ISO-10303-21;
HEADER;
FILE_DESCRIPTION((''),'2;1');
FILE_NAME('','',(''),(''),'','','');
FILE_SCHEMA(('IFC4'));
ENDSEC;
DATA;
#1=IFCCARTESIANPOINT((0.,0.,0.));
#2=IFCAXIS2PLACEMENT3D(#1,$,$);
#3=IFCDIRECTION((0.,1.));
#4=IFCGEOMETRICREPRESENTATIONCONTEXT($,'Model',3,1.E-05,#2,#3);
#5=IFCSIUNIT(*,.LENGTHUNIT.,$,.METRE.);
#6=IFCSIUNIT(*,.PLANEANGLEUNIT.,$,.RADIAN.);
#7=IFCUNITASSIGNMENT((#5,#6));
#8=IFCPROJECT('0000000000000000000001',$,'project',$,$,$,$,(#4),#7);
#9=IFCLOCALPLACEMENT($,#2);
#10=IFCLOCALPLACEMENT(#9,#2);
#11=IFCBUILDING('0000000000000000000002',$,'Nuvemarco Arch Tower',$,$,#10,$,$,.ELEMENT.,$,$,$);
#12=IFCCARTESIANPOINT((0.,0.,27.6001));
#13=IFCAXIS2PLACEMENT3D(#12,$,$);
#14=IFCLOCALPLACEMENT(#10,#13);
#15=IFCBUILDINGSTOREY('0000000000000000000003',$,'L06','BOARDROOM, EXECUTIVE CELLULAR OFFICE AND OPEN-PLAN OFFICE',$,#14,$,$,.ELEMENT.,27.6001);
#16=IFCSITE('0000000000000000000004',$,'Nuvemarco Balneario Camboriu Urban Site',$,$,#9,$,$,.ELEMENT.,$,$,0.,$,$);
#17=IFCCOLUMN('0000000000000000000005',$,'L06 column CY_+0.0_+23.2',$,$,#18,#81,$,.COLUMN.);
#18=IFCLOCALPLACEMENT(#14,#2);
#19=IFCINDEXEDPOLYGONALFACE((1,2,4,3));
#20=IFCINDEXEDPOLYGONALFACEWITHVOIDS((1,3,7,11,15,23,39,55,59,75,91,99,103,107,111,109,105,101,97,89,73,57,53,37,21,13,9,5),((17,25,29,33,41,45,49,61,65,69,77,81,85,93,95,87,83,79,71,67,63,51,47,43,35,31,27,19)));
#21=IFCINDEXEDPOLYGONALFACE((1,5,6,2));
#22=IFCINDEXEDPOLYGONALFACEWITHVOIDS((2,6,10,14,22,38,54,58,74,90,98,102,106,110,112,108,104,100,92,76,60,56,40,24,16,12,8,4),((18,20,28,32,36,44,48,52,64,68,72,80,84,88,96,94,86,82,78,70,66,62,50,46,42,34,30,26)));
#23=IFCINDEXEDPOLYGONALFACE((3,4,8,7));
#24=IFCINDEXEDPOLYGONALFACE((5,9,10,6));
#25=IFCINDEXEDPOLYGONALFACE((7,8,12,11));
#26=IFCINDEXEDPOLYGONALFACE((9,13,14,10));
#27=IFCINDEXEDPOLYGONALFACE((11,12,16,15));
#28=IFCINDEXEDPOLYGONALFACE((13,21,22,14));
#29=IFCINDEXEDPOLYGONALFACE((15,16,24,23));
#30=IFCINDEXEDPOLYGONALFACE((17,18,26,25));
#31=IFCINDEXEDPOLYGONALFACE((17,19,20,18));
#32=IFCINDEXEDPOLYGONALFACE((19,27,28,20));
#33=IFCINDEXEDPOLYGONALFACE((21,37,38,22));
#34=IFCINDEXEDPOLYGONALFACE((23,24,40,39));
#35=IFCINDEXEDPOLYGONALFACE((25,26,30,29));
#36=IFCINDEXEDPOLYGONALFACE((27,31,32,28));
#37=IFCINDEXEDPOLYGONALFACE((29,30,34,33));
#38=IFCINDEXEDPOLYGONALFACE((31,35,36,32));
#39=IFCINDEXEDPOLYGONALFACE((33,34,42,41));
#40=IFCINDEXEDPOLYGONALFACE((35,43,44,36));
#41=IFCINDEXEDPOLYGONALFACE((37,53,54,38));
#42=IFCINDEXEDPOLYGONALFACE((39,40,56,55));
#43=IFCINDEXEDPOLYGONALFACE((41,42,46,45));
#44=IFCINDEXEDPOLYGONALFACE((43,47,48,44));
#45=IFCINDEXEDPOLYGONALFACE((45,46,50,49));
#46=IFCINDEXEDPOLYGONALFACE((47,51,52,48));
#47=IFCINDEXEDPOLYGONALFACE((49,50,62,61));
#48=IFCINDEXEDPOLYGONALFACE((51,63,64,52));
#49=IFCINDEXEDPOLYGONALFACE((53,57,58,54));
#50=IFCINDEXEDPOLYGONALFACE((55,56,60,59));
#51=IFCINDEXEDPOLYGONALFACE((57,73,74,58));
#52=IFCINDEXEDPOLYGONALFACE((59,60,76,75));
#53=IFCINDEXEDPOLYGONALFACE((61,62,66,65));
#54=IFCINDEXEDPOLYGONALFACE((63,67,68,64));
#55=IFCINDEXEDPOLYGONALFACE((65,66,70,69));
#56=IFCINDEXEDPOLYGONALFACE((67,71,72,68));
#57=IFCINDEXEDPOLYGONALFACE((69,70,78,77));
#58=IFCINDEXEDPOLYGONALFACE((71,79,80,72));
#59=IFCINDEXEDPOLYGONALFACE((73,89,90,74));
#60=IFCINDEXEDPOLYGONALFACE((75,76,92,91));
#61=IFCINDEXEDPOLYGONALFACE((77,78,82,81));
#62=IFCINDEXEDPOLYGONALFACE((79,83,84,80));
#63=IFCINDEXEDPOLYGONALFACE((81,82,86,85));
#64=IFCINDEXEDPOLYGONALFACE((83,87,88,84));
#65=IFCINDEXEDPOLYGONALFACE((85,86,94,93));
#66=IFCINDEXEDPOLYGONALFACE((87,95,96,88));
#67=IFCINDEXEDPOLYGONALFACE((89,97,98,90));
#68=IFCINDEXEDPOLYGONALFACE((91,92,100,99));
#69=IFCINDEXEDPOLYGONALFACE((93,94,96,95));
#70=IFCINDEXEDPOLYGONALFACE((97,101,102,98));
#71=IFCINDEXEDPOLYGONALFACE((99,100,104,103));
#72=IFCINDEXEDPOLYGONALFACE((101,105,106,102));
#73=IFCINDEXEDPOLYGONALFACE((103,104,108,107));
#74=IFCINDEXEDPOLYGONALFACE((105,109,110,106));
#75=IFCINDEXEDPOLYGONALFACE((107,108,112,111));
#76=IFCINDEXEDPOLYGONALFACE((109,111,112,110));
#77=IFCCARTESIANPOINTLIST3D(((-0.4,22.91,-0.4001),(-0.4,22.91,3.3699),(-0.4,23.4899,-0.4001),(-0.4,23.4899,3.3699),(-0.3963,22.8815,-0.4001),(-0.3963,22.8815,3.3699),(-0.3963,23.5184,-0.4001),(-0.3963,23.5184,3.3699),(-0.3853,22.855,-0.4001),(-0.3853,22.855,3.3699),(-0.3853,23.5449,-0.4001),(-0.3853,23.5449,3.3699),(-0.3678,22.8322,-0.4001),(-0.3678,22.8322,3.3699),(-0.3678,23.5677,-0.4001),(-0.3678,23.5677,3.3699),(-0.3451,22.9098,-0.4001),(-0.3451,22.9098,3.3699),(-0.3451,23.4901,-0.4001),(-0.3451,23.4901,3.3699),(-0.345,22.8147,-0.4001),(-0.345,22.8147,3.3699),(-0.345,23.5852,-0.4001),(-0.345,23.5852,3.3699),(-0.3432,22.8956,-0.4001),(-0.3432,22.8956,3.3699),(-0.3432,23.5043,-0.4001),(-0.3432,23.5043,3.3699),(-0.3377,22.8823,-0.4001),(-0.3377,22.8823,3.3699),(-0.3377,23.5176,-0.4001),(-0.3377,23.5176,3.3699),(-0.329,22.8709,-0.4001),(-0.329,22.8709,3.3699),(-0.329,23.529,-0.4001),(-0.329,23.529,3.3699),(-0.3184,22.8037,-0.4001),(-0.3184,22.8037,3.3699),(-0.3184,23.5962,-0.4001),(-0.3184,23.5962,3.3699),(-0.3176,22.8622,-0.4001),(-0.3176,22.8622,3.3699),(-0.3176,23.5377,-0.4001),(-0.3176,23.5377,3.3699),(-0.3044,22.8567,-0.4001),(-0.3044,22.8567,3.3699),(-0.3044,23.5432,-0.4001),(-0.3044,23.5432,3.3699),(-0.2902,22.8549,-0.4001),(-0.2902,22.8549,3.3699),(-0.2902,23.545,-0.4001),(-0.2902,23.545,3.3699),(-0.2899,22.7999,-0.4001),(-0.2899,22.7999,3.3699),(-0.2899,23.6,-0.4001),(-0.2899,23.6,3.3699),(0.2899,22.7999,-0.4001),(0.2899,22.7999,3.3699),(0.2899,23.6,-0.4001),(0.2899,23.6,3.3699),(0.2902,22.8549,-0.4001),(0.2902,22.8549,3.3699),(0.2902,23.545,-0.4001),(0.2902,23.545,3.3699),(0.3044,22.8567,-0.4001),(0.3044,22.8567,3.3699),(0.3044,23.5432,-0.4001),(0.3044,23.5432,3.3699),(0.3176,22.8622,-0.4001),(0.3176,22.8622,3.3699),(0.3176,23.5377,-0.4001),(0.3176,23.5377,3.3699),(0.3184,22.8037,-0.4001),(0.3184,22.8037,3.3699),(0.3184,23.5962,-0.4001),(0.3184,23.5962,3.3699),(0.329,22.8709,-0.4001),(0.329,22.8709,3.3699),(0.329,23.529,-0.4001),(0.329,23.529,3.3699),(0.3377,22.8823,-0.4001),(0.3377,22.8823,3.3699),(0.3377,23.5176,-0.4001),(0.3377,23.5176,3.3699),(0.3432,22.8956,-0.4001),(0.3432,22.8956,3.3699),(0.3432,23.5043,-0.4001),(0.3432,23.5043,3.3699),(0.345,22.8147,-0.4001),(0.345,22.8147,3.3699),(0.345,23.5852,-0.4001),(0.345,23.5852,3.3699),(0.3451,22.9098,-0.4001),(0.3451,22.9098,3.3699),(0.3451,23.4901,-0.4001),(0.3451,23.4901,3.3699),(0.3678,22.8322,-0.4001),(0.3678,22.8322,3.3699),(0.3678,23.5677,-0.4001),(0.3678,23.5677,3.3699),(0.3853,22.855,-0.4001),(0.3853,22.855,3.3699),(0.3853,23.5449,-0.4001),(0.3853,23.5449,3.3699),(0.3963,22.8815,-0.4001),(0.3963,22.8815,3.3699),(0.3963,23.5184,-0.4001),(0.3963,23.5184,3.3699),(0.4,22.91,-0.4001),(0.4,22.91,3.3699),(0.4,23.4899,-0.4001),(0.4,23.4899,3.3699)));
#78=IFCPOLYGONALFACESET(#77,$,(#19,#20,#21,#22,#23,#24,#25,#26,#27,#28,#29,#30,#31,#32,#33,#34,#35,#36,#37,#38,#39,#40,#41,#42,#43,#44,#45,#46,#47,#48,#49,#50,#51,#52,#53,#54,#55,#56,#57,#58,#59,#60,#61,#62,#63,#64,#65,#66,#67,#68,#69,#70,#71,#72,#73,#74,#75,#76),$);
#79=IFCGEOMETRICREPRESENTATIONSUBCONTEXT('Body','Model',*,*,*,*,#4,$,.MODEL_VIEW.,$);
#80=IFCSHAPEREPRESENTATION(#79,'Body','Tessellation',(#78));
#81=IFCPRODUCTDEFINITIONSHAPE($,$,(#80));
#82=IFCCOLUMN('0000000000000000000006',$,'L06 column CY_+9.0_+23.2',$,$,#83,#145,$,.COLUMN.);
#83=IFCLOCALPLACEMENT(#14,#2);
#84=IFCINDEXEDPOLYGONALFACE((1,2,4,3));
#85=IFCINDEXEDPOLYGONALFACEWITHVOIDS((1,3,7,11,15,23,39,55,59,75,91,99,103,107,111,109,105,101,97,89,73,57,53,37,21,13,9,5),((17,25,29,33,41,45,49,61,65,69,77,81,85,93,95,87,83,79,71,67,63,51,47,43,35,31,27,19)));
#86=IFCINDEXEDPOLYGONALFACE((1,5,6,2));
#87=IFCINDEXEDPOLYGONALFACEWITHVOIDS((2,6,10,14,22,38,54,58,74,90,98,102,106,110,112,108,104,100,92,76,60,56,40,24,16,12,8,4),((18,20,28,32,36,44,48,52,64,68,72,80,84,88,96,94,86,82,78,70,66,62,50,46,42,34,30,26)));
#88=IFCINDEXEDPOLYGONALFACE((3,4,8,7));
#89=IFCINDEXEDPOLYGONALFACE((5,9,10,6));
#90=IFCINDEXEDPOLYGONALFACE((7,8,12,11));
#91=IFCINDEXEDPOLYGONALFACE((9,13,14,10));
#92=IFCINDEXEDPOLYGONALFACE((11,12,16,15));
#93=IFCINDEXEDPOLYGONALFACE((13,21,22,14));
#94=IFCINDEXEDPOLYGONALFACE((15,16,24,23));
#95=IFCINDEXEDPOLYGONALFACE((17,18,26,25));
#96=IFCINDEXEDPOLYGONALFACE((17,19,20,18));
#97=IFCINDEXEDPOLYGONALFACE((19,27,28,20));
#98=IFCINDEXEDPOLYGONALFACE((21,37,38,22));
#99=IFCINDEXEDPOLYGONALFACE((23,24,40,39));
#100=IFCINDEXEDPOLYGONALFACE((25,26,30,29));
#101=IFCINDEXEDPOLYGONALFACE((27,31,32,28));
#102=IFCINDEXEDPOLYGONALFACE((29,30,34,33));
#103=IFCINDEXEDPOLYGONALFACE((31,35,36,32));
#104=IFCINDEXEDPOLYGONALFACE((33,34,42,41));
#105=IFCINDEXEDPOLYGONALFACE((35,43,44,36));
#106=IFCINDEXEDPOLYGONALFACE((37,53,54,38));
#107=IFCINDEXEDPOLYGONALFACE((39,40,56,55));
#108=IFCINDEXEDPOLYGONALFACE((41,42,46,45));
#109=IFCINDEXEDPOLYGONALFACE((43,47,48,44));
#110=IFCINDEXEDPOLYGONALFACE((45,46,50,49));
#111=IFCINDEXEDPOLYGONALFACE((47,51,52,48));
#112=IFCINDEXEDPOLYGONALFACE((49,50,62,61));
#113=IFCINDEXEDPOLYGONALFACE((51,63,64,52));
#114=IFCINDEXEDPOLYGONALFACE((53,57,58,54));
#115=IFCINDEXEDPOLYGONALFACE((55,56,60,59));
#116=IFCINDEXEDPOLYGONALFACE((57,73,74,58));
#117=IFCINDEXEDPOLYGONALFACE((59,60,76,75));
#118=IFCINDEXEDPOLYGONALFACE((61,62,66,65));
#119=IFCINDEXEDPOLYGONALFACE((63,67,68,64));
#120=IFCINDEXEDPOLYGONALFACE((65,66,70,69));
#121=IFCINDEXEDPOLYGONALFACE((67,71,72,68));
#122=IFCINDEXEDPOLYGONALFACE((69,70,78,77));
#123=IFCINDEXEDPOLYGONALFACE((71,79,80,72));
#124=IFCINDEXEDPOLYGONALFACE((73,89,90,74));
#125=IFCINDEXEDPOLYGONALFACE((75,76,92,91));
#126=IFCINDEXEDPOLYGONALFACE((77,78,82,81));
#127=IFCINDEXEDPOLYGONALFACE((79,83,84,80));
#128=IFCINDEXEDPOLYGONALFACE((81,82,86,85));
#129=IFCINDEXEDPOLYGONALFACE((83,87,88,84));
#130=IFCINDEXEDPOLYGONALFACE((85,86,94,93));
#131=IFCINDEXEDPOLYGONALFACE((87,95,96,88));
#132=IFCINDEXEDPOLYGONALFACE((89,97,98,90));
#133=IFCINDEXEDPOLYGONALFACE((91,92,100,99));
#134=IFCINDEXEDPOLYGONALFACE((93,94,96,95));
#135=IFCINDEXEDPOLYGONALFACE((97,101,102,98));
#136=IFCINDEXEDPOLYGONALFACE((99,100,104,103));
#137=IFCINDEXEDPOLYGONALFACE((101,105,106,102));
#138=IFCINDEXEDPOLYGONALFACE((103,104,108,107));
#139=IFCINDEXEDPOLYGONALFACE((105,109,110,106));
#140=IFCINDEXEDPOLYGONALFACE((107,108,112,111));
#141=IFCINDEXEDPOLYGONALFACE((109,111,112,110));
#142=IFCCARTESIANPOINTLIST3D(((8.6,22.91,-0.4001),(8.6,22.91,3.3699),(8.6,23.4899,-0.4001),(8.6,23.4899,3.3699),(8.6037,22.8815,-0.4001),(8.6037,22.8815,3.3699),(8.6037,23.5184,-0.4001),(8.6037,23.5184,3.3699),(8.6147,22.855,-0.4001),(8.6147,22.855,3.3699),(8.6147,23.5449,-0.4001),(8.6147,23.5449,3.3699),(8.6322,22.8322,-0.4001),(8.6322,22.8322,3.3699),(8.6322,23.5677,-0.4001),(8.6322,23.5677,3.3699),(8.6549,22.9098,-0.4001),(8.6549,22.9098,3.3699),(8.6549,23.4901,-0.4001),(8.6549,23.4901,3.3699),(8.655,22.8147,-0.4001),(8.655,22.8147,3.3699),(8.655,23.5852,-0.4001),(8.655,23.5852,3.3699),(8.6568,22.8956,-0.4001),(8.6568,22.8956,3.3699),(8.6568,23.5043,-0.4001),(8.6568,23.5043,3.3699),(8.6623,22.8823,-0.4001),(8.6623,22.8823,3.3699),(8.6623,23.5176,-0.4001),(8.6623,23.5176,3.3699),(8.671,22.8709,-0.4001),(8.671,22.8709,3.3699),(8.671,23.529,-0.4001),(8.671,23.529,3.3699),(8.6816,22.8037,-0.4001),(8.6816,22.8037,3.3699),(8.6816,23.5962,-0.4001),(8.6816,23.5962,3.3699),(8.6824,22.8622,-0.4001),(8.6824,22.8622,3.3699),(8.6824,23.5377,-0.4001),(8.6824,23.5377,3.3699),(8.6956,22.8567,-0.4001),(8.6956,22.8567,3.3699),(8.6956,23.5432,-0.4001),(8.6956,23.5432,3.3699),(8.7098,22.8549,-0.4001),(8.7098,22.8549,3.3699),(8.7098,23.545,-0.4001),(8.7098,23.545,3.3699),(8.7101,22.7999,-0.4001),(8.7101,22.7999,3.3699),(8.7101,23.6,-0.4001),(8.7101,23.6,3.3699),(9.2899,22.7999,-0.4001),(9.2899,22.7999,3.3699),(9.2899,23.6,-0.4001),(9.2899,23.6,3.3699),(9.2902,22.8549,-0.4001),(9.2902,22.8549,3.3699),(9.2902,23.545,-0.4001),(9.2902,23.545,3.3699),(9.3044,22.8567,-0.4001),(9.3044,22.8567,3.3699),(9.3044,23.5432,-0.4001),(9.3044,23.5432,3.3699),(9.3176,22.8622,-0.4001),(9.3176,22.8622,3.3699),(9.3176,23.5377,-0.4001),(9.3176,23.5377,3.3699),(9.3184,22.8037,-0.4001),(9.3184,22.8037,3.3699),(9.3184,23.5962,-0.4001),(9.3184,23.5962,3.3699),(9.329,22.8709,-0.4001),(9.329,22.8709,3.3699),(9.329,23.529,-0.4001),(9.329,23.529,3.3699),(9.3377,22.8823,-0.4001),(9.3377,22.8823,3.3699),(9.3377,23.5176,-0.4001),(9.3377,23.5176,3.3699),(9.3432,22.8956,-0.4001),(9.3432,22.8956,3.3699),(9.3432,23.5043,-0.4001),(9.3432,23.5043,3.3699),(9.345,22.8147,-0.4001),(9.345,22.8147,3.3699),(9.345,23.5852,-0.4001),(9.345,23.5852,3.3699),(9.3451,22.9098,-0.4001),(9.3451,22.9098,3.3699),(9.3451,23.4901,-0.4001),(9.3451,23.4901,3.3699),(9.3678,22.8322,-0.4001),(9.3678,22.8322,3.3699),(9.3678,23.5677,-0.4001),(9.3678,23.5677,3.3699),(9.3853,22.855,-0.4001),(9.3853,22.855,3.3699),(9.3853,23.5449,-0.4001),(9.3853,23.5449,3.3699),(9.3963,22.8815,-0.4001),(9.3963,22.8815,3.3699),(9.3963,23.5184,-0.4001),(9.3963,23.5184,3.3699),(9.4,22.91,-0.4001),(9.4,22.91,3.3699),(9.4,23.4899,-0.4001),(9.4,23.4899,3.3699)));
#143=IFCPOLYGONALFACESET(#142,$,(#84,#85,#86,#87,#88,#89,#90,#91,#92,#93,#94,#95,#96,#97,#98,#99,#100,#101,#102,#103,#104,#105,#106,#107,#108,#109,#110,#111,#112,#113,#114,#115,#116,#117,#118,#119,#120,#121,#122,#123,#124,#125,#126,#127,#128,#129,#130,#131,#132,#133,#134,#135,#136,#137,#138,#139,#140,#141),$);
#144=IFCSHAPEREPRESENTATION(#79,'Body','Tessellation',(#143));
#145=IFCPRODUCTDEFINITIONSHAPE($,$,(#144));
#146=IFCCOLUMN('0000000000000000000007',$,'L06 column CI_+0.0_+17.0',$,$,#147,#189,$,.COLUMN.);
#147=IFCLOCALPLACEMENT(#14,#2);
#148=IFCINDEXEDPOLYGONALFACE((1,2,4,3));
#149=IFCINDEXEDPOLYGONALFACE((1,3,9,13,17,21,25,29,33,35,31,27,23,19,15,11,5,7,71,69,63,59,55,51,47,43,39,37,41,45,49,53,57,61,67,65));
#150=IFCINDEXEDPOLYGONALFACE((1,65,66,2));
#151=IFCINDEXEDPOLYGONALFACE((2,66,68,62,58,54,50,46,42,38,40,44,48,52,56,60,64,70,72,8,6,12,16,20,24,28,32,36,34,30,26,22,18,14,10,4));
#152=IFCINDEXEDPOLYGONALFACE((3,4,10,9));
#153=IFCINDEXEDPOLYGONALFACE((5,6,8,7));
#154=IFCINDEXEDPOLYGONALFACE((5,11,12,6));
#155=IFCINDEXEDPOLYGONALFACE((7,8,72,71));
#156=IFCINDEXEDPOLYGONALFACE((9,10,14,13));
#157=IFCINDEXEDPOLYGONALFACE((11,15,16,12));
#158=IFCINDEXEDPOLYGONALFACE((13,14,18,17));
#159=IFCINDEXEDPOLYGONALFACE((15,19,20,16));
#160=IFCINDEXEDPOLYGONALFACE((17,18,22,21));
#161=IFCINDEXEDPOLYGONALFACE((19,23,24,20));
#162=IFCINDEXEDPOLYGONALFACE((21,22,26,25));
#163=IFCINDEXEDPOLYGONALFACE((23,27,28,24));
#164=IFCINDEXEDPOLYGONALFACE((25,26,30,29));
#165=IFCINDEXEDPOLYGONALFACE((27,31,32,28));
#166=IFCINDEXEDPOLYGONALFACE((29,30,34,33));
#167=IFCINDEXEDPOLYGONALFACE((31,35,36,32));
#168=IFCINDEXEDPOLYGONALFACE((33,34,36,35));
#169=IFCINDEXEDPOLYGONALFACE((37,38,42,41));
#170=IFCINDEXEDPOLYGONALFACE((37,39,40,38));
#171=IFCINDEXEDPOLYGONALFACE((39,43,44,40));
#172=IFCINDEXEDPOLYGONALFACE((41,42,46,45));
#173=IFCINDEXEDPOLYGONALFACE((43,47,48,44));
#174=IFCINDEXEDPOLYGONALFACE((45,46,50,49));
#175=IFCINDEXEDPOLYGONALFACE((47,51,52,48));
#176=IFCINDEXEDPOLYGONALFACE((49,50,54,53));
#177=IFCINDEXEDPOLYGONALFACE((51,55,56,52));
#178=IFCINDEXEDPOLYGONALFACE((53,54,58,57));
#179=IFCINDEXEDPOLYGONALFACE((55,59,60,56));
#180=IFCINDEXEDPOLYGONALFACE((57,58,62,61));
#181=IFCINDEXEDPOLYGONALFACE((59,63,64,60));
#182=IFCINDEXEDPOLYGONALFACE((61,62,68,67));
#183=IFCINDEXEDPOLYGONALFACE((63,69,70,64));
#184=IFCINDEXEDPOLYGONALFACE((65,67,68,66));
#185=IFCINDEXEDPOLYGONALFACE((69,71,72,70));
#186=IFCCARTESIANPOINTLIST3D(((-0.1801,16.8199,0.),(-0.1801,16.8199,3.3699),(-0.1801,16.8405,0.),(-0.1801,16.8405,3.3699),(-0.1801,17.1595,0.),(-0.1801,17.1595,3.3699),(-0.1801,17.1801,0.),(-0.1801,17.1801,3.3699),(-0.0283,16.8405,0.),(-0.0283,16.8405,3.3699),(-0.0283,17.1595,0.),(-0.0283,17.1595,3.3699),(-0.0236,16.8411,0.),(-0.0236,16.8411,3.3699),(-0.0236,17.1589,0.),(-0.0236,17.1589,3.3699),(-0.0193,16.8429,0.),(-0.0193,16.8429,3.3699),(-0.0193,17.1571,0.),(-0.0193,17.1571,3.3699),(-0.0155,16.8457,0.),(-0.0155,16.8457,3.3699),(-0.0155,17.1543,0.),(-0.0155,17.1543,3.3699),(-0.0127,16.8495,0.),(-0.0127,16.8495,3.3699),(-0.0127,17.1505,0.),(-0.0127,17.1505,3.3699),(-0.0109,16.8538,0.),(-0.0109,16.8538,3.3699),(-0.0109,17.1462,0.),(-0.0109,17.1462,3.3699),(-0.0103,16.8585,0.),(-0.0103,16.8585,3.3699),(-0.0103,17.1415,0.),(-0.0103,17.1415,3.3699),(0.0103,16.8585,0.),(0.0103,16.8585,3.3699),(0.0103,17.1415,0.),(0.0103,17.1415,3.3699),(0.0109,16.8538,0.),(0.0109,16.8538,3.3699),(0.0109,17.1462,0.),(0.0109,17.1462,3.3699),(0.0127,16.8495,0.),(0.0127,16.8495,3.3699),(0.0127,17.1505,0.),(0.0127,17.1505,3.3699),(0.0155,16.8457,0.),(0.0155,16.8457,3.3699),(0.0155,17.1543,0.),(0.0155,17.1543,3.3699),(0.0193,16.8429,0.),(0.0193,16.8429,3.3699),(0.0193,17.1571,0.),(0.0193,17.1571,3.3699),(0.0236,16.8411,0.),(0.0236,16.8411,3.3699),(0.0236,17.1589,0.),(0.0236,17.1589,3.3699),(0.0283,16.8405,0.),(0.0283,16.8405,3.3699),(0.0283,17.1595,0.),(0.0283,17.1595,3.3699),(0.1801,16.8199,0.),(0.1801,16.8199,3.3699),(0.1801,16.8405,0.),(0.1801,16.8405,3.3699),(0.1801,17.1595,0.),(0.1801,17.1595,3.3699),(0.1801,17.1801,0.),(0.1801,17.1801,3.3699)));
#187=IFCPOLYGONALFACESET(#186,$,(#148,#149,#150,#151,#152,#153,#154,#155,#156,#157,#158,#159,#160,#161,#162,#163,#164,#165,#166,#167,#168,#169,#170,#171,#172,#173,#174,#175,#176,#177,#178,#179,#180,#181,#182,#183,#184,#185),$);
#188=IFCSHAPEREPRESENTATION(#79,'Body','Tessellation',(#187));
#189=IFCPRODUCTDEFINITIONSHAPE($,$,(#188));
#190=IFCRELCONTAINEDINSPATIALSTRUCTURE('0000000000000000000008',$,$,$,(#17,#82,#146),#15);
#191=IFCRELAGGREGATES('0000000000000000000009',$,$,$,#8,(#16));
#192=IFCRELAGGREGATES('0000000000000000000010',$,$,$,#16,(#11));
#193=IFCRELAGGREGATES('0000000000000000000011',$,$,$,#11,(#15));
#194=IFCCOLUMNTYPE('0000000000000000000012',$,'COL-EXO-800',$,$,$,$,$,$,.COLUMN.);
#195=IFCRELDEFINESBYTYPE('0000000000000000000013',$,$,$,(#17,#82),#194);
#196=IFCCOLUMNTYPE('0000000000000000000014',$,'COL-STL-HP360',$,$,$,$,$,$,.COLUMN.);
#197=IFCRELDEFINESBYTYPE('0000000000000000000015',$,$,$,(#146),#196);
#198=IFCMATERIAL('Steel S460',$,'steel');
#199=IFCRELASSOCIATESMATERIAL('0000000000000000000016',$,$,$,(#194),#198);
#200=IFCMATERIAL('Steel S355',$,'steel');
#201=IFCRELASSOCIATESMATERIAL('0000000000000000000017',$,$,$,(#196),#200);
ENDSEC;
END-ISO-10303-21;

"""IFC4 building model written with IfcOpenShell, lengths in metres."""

from ifc_helpers import new_model, si_unit, direction, frame, origin, origin_2d, place, context, subcontext, project, spatial, hollow_rectangle, i_section, extrude, material, material_profile, profile_set, type_object, element, save


model = new_model("IFC4")

# Units and contexts
model_context = context("Model", 3, precision=1e-05, world=origin(), true_north=direction((0.0, 1.0)))
body_context = subcontext(model_context, "Body", "Model", "MODEL_VIEW")
ifc_project = project(units=[si_unit("LENGTHUNIT", "METRE"), si_unit("PLANEANGLEUNIT", "RADIAN")], contexts=[model_context])

# Site, building, storey
site_placement = place(None, origin())
site = spatial("IfcSite", under=ifc_project, at=site_placement, Name="Nuvemarco Balneario Camboriu Urban Site", CompositionType="ELEMENT", RefElevation=0.0)
building_placement = place(site_placement, origin())
building = spatial("IfcBuilding", under=site, at=building_placement, Name="Nuvemarco Arch Tower", CompositionType="ELEMENT")
storey_placement = place(building_placement, frame((0.0, 0.0, 27.6001)))
storey = spatial("IfcBuildingStorey", under=building, at=storey_placement, Name="L06", Description="BOARDROOM, EXECUTIVE CELLULAR OFFICE AND OPEN-PLAN OFFICE", CompositionType="ELEMENT", Elevation=27.6001)

# Columns
ifc_material_1 = material(Name="Steel S460", Category="steel")
ifc_material_profile_1 = material_profile(ifc_material_1, hollow_rectangle(XDim=0.8, YDim=0.8, WallThickness=0.0549, InnerFilletRadius=0.0549, OuterFilletRadius=0.1101, at=origin_2d()), Name="SHS800x800x55")
ifc_profile_set_1 = profile_set([ifc_material_profile_1], Name="Steel S460")
column_type_1 = type_object("IfcColumnType", Name="COL-EXO-800", PredefinedType="COLUMN", material=ifc_profile_set_1)
for number, where, z_axis, x_axis, name in (
    (1, (0.0, 23.2, -0.4001), (0.0, 0.0, 1.0), (1.0, 0.0, 0.0), "L06 column CY_+0.0_+23.2"),
    (2, (9.0, 23.2, -0.4001), (0.0, 0.0, 1.0), (1.0, 0.0, 0.0), "L06 column CY_+9.0_+23.2"),
):
    element("IfcColumn", number, at=place(storey_placement, frame(where, z_axis=z_axis, x_axis=x_axis)), inside=storey, type_object=column_type_1, Name=name, PredefinedType="COLUMN", context=body_context, shape_type="SweptSolid", body=[
        extrude(hollow_rectangle(XDim=0.8, YDim=0.8, WallThickness=0.0549, InnerFilletRadius=0.0549, OuterFilletRadius=0.1101, at=origin_2d()), origin(), (0.0, 0.0, 1.0), 3.77),
    ])
ifc_material_2 = material(Name="Steel S355", Category="steel")
ifc_material_profile_2 = material_profile(ifc_material_2, i_section(OverallWidth=0.3601, OverallDepth=0.3601, WebThickness=0.0205, FlangeThickness=0.0205, FilletRadius=0.0181, at=origin_2d()), Name="HP360x174")
ifc_profile_set_2 = profile_set([ifc_material_profile_2], Name="Steel S355")
column_type_2 = type_object("IfcColumnType", Name="COL-STL-HP360", PredefinedType="COLUMN", material=ifc_profile_set_2)
column_1_placement = place(storey_placement, frame((0.0, 17.0, 0.0), z_axis=(0.0, 0.0, 1.0), x_axis=(1.0, 0.0, 0.0)))
element("IfcColumn", 3, at=column_1_placement, inside=storey, type_object=column_type_2, Name="L06 column CI_+0.0_+17.0", PredefinedType="COLUMN", context=body_context, shape_type="SweptSolid", body=[
    extrude(i_section(OverallWidth=0.3601, OverallDepth=0.3601, WebThickness=0.0205, FlangeThickness=0.0205, FilletRadius=0.0181, at=origin_2d()), origin(), (0.0, 0.0, 1.0), 3.3699),
])

save(model, "model.ifc")
